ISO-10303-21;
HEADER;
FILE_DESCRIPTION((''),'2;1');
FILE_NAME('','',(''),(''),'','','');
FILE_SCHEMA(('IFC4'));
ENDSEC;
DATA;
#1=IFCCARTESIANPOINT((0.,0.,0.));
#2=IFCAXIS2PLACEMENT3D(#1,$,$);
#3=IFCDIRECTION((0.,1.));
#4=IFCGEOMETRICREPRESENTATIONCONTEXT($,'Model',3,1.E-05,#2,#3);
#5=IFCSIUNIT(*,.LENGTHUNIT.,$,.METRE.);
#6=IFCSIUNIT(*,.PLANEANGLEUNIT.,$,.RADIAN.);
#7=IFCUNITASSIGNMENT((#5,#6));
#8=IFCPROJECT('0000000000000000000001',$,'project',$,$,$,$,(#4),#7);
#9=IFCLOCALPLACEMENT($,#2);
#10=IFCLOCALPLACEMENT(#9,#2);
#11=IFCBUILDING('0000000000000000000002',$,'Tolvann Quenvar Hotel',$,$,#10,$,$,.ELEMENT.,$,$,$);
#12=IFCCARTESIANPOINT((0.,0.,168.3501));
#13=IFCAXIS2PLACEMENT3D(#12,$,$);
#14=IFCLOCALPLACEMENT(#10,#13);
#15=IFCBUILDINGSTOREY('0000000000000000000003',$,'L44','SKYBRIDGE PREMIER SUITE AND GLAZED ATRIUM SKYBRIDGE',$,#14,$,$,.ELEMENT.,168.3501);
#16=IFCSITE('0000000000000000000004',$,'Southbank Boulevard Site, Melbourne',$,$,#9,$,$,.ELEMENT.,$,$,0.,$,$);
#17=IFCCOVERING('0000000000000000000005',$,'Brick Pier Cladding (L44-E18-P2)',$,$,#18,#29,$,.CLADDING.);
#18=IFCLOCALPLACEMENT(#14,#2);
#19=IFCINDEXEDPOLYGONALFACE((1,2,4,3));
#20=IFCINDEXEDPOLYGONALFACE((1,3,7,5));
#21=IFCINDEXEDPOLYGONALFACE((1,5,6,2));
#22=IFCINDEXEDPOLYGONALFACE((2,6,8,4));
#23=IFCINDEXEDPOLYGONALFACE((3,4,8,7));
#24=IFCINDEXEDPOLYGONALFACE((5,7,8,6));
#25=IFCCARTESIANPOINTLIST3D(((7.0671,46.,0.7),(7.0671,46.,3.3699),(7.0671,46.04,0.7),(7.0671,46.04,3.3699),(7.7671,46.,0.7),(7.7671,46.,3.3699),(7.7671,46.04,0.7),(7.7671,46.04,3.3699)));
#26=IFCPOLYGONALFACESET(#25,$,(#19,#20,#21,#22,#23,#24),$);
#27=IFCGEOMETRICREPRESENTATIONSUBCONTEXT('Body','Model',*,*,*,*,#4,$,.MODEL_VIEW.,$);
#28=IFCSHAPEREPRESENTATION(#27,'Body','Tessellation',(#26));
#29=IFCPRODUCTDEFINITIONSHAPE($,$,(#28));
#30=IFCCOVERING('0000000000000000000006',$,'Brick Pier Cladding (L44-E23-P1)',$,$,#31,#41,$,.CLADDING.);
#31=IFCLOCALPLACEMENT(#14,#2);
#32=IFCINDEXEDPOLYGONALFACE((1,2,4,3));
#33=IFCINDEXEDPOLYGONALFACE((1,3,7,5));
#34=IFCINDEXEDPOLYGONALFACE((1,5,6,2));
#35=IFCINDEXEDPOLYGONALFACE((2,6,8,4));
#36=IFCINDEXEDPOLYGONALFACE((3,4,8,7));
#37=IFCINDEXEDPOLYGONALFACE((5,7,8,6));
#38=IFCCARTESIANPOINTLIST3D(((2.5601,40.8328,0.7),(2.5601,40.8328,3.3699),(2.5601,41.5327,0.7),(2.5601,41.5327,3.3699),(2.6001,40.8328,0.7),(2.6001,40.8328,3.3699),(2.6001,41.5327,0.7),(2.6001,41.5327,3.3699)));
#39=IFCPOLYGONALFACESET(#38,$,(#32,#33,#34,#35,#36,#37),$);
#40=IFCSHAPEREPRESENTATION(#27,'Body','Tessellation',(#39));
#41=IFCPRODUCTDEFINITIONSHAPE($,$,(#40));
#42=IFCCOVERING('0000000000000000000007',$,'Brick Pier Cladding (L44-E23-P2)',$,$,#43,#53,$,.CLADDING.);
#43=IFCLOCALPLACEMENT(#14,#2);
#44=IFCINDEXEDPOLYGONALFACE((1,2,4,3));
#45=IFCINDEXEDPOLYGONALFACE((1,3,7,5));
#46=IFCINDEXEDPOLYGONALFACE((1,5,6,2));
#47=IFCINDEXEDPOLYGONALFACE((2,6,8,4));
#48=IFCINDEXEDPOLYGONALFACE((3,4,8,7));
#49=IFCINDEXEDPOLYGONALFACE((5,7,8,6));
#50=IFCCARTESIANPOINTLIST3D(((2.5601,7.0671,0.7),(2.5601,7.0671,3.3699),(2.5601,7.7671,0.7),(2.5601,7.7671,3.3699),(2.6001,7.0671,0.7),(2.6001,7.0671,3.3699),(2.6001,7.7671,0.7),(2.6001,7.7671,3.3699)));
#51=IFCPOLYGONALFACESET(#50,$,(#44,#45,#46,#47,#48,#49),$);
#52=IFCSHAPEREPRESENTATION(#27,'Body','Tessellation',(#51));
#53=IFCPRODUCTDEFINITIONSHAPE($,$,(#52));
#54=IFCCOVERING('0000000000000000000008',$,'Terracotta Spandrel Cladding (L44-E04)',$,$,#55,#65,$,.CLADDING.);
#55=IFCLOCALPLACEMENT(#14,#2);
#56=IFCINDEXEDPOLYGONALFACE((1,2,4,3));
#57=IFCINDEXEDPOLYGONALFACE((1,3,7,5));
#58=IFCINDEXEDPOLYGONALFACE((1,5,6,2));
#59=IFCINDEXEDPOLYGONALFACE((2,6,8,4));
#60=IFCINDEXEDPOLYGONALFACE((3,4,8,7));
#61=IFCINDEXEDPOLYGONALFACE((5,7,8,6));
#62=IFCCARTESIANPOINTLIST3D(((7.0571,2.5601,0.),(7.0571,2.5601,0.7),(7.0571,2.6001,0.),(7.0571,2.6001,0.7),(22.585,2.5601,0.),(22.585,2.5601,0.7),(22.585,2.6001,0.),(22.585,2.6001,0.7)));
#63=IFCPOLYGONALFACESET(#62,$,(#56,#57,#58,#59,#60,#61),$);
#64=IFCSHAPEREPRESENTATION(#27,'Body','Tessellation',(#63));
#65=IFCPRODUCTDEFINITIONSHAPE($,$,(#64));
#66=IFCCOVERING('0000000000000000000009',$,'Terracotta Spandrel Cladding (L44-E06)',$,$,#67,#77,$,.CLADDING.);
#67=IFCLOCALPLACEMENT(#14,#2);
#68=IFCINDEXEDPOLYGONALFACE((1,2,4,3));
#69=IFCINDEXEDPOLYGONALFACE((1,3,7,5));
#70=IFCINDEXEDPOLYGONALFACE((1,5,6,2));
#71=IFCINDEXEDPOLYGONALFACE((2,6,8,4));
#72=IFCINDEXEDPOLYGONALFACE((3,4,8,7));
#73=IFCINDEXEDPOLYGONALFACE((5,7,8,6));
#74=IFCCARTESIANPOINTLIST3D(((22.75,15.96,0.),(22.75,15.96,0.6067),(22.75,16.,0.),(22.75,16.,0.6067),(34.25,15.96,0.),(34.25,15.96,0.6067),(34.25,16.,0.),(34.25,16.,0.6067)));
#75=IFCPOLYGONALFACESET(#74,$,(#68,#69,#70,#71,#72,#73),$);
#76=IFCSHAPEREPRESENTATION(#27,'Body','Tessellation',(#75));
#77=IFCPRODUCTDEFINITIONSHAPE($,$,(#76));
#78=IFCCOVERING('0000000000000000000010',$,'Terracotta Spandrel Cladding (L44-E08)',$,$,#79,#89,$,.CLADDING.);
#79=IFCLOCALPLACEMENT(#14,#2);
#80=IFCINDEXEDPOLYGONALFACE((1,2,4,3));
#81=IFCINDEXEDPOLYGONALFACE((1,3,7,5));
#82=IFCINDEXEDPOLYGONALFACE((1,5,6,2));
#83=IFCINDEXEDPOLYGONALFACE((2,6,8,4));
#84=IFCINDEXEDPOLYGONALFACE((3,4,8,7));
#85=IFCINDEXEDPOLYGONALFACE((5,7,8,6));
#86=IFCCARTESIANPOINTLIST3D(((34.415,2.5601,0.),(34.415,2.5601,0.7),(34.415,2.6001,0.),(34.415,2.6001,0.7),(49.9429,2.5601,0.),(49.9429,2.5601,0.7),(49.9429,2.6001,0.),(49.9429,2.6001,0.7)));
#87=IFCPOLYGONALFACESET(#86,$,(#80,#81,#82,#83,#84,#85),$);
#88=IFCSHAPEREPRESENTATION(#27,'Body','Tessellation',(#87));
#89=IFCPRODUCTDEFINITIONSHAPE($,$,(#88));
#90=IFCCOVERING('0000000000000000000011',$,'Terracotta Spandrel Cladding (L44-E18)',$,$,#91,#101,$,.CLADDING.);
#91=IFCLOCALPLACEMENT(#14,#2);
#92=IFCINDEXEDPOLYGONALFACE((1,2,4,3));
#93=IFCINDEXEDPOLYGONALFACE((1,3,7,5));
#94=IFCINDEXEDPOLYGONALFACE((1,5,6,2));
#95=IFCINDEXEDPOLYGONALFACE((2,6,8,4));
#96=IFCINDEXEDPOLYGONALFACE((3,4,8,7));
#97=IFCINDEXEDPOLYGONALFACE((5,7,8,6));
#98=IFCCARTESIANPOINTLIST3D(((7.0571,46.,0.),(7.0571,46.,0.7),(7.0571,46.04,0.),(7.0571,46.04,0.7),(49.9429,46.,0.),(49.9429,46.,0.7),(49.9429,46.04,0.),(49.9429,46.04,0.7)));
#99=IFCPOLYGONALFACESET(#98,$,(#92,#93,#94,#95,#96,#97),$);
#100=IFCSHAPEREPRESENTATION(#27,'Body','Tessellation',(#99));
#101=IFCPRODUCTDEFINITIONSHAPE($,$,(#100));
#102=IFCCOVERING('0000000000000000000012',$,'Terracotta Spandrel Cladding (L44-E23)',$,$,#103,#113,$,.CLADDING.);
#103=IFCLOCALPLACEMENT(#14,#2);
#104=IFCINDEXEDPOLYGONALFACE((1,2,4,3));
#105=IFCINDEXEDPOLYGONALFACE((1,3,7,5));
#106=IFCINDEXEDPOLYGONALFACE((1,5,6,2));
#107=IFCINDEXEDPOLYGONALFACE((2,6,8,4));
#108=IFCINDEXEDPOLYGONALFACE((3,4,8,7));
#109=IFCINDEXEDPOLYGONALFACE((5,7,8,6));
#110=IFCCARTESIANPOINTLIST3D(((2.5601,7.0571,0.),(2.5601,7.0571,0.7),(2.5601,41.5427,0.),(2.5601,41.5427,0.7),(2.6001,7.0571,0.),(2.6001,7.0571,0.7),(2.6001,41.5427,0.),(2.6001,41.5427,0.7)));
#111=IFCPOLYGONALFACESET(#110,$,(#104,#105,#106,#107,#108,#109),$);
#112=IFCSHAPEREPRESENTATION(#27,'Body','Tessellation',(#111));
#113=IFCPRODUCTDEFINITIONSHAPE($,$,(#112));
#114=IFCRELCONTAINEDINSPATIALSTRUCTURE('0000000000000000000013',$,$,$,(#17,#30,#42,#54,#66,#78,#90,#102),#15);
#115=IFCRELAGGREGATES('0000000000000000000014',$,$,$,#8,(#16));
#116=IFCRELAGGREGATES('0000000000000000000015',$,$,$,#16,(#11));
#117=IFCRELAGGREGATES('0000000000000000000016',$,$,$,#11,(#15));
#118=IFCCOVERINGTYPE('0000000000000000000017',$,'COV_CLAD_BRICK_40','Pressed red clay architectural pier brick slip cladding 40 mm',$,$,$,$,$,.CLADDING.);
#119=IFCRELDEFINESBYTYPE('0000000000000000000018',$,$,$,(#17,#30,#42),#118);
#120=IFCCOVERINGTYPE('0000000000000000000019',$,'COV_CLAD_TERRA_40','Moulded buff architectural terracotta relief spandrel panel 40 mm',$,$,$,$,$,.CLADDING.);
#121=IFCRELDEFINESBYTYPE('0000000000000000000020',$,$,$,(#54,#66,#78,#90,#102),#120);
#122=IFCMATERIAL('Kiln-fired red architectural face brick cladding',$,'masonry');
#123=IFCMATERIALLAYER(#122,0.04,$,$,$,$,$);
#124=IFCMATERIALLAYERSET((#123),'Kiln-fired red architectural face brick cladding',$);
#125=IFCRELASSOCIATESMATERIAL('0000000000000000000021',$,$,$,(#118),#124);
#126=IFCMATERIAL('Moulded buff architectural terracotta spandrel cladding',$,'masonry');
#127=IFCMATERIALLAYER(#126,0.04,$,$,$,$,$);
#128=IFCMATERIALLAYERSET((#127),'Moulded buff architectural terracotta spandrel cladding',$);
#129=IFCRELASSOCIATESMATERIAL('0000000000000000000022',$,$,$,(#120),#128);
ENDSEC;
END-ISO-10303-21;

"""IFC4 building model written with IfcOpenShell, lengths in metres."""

from ifc_helpers import new_model, si_unit, direction, frame, origin, place, context, subcontext, project, spatial, polyline, outline, extrude, material, layer, layer_set, type_object, element, save


model = new_model("IFC4")

# Units and contexts
model_context = context("Model", 3, precision=1e-05, world=origin(), true_north=direction((0.0, 1.0)))
body_context = subcontext(model_context, "Body", "Model", "MODEL_VIEW")
ifc_project = project(units=[si_unit("LENGTHUNIT", "METRE"), si_unit("PLANEANGLEUNIT", "RADIAN")], contexts=[model_context])

# Site, building, storey
site_placement = place(None, origin())
site = spatial("IfcSite", under=ifc_project, at=site_placement, Name="Southbank Boulevard Site, Melbourne", CompositionType="ELEMENT", RefElevation=0.0)
building_placement = place(site_placement, origin())
building = spatial("IfcBuilding", under=site, at=building_placement, Name="Tolvann Quenvar Hotel", CompositionType="ELEMENT")
storey_placement = place(building_placement, frame((0.0, 0.0, 168.3501)))
storey = spatial("IfcBuildingStorey", under=building, at=storey_placement, Name="L44", Description="SKYBRIDGE PREMIER SUITE AND GLAZED ATRIUM SKYBRIDGE", CompositionType="ELEMENT", Elevation=168.3501)

# Coverings
ifc_material_1 = material(Name="Kiln-fired red architectural face brick cladding", Category="masonry")
ifc_layer_1 = layer(ifc_material_1, 0.04)
ifc_layer_set_1 = layer_set([ifc_layer_1], Name="Kiln-fired red architectural face brick cladding")
covering_type_1 = type_object("IfcCoveringType", Name="COV_CLAD_BRICK_40", Description="Pressed red clay architectural pier brick slip cladding 40 mm", PredefinedType="CLADDING", material=ifc_layer_set_1)
covering_1_placement = place(storey_placement, frame((0.0, 0.0, 0.7)))
element("IfcCovering", 1, at=covering_1_placement, inside=storey, type_object=covering_type_1, Name="Brick Pier Cladding (L44-E18-P2)", PredefinedType="CLADDING", context=body_context, shape_type="SweptSolid", body=[
    extrude(outline(polyline([(7.7671, 46.0), (7.0671, 46.0), (7.0671, 46.04), (7.7671, 46.04), (7.7671, 46.0)])), origin(), (0.0, 0.0, 1.0), 2.6699),
])
covering_2_placement = place(storey_placement, frame((0.0, 0.0, 0.7)))
element("IfcCovering", 2, at=covering_2_placement, inside=storey, type_object=covering_type_1, Name="Brick Pier Cladding (L44-E23-P1)", PredefinedType="CLADDING", context=body_context, shape_type="SweptSolid", body=[
    extrude(outline(polyline([(2.6001, 41.5327), (2.6001, 40.8328), (2.5601, 40.8328), (2.5601, 41.5327), (2.6001, 41.5327)])), origin(), (0.0, 0.0, 1.0), 2.6699),
])
covering_3_placement = place(storey_placement, frame((0.0, 0.0, 0.7)))
element("IfcCovering", 3, at=covering_3_placement, inside=storey, type_object=covering_type_1, Name="Brick Pier Cladding (L44-E23-P2)", PredefinedType="CLADDING", context=body_context, shape_type="SweptSolid", body=[
    extrude(outline(polyline([(2.6001, 7.7671), (2.6001, 7.0671), (2.5601, 7.0671), (2.5601, 7.7671), (2.6001, 7.7671)])), origin(), (0.0, 0.0, 1.0), 2.6699),
])
ifc_material_2 = material(Name="Moulded buff architectural terracotta spandrel cladding", Category="masonry")
ifc_layer_2 = layer(ifc_material_2, 0.04)
ifc_layer_set_2 = layer_set([ifc_layer_2], Name="Moulded buff architectural terracotta spandrel cladding")
covering_type_2 = type_object("IfcCoveringType", Name="COV_CLAD_TERRA_40", Description="Moulded buff architectural terracotta relief spandrel panel 40 mm", PredefinedType="CLADDING", material=ifc_layer_set_2)
covering_4_placement = place(storey_placement, origin())
element("IfcCovering", 4, at=covering_4_placement, inside=storey, type_object=covering_type_2, Name="Terracotta Spandrel Cladding (L44-E04)", PredefinedType="CLADDING", context=body_context, shape_type="SweptSolid", body=[
    extrude(outline(polyline([(7.0571, 2.6001), (22.585, 2.6001), (22.585, 2.5601), (7.0571, 2.5601), (7.0571, 2.6001)])), origin(), (0.0, 0.0, 1.0), 0.7),
])
covering_5_placement = place(storey_placement, origin())
element("IfcCovering", 5, at=covering_5_placement, inside=storey, type_object=covering_type_2, Name="Terracotta Spandrel Cladding (L44-E06)", PredefinedType="CLADDING", context=body_context, shape_type="SweptSolid", body=[
    extrude(outline(polyline([(22.75, 16.0), (34.25, 16.0), (34.25, 15.96), (22.75, 15.96), (22.75, 16.0)])), origin(), (0.0, 0.0, 1.0), 0.6067),
])
covering_6_placement = place(storey_placement, origin())
element("IfcCovering", 6, at=covering_6_placement, inside=storey, type_object=covering_type_2, Name="Terracotta Spandrel Cladding (L44-E08)", PredefinedType="CLADDING", context=body_context, shape_type="SweptSolid", body=[
    extrude(outline(polyline([(34.415, 2.6001), (49.9429, 2.6001), (49.9429, 2.5601), (34.415, 2.5601), (34.415, 2.6001)])), origin(), (0.0, 0.0, 1.0), 0.7),
])
covering_7_placement = place(storey_placement, origin())
element("IfcCovering", 7, at=covering_7_placement, inside=storey, type_object=covering_type_2, Name="Terracotta Spandrel Cladding (L44-E18)", PredefinedType="CLADDING", context=body_context, shape_type="SweptSolid", body=[
    extrude(outline(polyline([(49.9429, 46.0), (7.0571, 46.0), (7.0571, 46.04), (49.9429, 46.04), (49.9429, 46.0)])), origin(), (0.0, 0.0, 1.0), 0.7),
])
covering_8_placement = place(storey_placement, origin())
element("IfcCovering", 8, at=covering_8_placement, inside=storey, type_object=covering_type_2, Name="Terracotta Spandrel Cladding (L44-E23)", PredefinedType="CLADDING", context=body_context, shape_type="SweptSolid", body=[
    extrude(outline(polyline([(2.6001, 41.5427), (2.6001, 7.0571), (2.5601, 7.0571), (2.5601, 41.5427), (2.6001, 41.5427)])), origin(), (0.0, 0.0, 1.0), 0.7),
])

save(model, "model.ifc")
